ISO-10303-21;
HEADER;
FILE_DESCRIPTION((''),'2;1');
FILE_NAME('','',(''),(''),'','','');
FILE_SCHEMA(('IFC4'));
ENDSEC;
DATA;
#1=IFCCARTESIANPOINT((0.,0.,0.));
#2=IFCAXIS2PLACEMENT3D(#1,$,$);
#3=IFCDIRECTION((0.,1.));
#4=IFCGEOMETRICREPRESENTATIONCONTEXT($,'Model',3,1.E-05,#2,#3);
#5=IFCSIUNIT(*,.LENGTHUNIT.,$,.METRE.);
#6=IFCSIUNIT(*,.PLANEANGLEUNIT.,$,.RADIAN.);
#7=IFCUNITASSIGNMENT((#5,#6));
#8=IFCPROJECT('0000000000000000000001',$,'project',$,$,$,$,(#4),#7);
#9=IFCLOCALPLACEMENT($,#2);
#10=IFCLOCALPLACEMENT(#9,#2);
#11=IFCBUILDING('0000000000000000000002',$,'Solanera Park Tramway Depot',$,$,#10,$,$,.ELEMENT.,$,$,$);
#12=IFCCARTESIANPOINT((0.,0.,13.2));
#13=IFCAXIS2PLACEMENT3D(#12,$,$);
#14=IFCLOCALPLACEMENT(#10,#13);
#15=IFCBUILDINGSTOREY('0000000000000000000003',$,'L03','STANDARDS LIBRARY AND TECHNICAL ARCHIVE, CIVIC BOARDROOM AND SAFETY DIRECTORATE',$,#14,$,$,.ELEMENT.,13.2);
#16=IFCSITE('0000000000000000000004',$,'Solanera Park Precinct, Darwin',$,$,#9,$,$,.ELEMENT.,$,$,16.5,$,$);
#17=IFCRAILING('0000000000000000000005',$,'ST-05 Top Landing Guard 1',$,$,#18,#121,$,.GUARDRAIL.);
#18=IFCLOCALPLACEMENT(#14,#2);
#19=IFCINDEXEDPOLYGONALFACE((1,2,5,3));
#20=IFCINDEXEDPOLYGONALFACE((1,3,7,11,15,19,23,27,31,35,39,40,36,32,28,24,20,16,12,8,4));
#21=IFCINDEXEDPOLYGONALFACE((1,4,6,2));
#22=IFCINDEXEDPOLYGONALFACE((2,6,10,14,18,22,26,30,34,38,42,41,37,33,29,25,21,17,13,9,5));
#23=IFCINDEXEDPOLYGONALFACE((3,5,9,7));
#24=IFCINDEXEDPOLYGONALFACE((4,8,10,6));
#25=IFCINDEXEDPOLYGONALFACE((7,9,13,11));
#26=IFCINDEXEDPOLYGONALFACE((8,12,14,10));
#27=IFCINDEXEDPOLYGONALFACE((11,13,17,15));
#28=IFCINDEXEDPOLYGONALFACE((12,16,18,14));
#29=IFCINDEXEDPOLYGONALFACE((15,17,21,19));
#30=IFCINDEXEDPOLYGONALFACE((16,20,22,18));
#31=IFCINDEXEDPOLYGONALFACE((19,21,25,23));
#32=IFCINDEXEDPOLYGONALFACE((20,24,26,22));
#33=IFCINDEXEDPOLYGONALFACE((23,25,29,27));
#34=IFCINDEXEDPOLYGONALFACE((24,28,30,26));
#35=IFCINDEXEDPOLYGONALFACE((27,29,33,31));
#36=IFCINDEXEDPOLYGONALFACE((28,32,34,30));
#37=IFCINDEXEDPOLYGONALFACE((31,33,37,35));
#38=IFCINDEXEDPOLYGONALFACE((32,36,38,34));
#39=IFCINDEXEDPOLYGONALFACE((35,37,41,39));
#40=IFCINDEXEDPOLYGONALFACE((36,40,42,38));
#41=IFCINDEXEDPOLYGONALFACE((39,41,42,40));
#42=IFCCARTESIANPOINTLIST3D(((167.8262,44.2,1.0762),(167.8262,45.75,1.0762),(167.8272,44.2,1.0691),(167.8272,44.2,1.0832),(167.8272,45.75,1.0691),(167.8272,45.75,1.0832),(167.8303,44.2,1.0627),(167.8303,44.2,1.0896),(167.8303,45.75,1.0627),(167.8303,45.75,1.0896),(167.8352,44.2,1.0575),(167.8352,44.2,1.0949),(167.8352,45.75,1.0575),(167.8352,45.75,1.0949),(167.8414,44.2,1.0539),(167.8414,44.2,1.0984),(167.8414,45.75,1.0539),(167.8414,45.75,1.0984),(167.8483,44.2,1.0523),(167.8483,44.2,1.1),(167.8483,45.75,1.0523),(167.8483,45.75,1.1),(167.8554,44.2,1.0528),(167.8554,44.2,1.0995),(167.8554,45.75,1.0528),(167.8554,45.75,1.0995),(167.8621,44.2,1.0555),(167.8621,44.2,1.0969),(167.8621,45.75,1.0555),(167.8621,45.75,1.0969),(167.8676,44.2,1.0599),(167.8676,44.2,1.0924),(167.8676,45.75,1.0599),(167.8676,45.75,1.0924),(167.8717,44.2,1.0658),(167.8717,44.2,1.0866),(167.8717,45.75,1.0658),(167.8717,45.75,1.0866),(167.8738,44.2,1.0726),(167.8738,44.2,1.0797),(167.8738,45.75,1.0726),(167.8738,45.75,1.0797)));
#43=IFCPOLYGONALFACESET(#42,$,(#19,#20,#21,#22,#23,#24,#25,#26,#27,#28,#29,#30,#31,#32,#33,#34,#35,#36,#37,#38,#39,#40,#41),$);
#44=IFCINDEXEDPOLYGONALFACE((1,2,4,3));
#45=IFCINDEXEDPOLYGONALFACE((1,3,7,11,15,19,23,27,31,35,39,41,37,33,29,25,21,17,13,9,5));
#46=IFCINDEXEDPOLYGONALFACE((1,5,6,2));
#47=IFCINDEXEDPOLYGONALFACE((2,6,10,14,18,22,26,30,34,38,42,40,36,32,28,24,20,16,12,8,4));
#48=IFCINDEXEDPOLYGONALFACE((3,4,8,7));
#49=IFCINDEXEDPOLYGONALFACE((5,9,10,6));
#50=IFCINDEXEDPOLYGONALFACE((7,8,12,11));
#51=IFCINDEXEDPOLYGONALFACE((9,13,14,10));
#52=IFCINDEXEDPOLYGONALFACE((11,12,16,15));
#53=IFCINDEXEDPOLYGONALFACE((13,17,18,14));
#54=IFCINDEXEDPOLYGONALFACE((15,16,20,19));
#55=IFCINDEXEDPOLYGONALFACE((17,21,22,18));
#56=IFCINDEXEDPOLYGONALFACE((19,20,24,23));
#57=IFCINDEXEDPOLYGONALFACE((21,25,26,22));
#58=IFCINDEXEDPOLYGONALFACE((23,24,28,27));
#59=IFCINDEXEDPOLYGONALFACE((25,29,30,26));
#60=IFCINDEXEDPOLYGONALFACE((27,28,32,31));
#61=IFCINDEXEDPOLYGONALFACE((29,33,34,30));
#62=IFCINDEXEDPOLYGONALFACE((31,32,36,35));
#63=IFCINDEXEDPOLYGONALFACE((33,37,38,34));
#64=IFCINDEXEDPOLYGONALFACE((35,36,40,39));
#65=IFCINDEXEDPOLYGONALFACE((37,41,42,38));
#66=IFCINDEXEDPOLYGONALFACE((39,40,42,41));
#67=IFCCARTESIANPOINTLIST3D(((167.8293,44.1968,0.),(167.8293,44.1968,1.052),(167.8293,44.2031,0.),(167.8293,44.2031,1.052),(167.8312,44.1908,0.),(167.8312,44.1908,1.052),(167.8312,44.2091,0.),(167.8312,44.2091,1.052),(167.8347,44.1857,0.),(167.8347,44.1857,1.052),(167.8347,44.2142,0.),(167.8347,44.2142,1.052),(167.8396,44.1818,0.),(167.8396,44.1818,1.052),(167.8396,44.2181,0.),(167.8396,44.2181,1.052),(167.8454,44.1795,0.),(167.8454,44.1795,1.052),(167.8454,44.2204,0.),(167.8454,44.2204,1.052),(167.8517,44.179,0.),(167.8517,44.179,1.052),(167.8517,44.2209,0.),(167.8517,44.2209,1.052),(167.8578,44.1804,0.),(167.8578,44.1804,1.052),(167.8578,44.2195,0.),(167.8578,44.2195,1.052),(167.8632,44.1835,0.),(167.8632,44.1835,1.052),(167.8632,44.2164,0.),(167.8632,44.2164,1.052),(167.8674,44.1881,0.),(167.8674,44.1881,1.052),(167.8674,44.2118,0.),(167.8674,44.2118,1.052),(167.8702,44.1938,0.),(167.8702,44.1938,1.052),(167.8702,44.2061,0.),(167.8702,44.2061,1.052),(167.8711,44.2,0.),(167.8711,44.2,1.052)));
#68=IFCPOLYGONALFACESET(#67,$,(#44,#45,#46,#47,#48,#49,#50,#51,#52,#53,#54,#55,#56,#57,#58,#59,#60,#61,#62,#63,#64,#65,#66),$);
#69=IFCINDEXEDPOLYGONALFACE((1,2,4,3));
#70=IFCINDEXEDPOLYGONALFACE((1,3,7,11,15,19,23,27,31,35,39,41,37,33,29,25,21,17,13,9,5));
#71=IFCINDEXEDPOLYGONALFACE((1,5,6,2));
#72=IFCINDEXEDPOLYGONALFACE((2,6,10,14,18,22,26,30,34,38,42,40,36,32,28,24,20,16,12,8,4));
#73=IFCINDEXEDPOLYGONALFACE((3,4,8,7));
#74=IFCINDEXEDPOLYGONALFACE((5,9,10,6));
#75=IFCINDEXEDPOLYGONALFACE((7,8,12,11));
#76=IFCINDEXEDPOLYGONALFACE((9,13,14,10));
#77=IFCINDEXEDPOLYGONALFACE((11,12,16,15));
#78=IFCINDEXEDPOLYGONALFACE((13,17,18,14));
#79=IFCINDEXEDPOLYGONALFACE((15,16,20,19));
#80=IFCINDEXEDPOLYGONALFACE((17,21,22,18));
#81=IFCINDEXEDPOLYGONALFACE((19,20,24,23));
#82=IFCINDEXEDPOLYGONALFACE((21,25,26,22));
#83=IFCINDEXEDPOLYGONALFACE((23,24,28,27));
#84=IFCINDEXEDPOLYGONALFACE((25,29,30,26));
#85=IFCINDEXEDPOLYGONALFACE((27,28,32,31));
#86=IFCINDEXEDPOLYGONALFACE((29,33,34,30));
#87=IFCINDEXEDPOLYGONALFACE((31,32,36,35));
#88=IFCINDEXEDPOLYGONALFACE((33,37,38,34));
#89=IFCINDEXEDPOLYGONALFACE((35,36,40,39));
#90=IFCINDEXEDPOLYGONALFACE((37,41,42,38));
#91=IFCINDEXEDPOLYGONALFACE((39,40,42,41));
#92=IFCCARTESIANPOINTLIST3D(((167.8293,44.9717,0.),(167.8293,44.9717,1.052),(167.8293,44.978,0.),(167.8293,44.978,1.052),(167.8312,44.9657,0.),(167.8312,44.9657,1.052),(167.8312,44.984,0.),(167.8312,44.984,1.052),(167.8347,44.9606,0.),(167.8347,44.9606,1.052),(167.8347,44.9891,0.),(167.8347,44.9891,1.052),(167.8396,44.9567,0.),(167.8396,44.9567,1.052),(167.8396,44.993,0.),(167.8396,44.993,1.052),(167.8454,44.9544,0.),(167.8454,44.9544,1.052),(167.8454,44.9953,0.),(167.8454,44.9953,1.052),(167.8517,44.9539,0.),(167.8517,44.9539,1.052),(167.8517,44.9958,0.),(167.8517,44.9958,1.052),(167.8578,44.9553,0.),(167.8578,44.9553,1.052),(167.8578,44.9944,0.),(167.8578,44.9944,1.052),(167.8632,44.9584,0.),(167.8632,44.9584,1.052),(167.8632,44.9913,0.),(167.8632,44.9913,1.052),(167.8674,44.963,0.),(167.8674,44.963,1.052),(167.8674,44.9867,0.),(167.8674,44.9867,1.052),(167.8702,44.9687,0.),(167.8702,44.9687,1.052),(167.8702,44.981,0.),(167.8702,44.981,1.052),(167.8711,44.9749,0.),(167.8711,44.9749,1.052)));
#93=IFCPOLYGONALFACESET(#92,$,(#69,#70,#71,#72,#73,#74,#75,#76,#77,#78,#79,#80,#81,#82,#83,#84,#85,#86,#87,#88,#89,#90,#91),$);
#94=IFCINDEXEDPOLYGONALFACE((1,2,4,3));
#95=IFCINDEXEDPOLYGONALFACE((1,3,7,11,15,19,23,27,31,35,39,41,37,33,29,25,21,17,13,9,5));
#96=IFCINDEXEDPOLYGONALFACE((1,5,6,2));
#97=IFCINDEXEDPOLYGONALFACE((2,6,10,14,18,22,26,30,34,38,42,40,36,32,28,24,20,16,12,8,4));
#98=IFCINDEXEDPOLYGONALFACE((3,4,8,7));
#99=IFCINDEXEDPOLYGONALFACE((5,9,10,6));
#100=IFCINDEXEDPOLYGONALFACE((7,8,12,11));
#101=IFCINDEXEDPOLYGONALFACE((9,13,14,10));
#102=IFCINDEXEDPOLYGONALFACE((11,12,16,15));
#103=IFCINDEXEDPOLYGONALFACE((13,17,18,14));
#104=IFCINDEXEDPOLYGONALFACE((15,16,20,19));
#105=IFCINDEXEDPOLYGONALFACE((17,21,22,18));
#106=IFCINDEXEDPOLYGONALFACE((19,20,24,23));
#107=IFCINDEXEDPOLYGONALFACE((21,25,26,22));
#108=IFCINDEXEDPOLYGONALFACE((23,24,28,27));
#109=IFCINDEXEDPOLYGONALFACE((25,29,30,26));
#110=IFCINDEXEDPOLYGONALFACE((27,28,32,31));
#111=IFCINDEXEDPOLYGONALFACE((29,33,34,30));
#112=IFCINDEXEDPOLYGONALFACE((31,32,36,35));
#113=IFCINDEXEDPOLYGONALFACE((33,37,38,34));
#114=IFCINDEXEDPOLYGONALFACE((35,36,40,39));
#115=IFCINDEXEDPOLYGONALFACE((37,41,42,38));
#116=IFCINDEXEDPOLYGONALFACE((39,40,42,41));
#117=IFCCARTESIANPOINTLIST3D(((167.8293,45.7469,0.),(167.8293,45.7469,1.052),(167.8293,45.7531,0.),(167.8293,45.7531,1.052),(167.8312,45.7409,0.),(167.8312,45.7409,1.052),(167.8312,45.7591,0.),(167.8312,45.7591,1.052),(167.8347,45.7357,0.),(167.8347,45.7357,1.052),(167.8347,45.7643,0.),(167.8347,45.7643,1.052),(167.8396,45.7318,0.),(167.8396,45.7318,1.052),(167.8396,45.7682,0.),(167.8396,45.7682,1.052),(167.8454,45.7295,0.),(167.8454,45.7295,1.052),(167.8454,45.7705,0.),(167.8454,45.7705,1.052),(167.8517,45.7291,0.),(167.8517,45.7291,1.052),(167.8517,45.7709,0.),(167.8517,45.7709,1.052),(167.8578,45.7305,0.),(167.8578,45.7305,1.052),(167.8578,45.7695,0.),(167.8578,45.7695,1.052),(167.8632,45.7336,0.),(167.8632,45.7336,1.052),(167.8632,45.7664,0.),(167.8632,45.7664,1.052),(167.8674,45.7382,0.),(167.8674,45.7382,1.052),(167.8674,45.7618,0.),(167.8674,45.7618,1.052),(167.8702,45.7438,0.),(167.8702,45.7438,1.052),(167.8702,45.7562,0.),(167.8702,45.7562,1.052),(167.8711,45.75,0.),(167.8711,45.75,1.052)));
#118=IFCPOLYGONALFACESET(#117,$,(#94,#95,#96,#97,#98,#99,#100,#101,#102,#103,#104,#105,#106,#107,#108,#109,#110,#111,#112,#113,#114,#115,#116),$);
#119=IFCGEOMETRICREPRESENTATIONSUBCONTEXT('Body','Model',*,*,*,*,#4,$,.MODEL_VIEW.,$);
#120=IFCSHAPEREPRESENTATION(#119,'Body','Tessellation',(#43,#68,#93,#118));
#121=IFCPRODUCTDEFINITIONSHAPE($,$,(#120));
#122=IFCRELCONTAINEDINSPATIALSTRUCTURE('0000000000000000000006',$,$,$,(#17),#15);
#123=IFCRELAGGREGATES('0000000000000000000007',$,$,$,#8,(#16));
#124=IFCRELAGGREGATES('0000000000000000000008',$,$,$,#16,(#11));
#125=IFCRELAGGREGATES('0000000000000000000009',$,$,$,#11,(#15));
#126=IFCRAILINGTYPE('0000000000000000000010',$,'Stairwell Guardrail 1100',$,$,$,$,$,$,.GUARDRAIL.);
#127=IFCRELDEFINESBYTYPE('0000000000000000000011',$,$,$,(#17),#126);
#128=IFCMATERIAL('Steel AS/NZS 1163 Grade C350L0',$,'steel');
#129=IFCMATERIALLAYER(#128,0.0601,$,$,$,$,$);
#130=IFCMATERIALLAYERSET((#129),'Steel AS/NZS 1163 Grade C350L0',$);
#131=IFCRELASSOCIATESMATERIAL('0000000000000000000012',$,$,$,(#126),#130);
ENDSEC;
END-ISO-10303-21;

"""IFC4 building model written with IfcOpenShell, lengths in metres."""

from ifc_helpers import new_model, si_unit, direction, frame, origin, origin_2d, place, context, subcontext, project, spatial, circle, extrude, material, layer, layer_set, type_object, element, save


model = new_model("IFC4")

# Units and contexts
model_context = context("Model", 3, precision=1e-05, world=origin(), true_north=direction((0.0, 1.0)))
body_context = subcontext(model_context, "Body", "Model", "MODEL_VIEW")
ifc_project = project(units=[si_unit("LENGTHUNIT", "METRE"), si_unit("PLANEANGLEUNIT", "RADIAN")], contexts=[model_context])

# Site, building, storey
site_placement = place(None, origin())
site = spatial("IfcSite", under=ifc_project, at=site_placement, Name="Solanera Park Precinct, Darwin", CompositionType="ELEMENT", RefElevation=16.5)
building_placement = place(site_placement, origin())
building = spatial("IfcBuilding", under=site, at=building_placement, Name="Solanera Park Tramway Depot", CompositionType="ELEMENT")
storey_placement = place(building_placement, frame((0.0, 0.0, 13.2)))
storey = spatial("IfcBuildingStorey", under=building, at=storey_placement, Name="L03", Description="STANDARDS LIBRARY AND TECHNICAL ARCHIVE, CIVIC BOARDROOM AND SAFETY DIRECTORATE", CompositionType="ELEMENT", Elevation=13.2)

# Railing
ifc_material_1 = material(Name="Steel AS/NZS 1163 Grade C350L0", Category="steel")
ifc_layer_1 = layer(ifc_material_1, 0.0601)
ifc_layer_set_1 = layer_set([ifc_layer_1], Name="Steel AS/NZS 1163 Grade C350L0")
railing_type_1 = type_object("IfcRailingType", Name="Stairwell Guardrail 1100", PredefinedType="GUARDRAIL", material=ifc_layer_set_1)
railing_1_placement = place(storey_placement, frame((167.8501, 44.2, 0.0)))
element("IfcRailing", 1, at=railing_1_placement, inside=storey, type_object=railing_type_1, Name="ST-05 Top Landing Guard 1", PredefinedType="GUARDRAIL", context=body_context, shape_type="SweptSolid", body=[
    extrude(circle(Radius=0.0239, at=origin_2d()), frame((0.0, 0.0, 1.0762), z_axis=(0.0, 1.0, 0.0), x_axis=(-1.0, 0.0, 0.0)), (0.0, 0.0, 1.0), 1.55),
    extrude(circle(Radius=0.021, at=origin_2d()), origin(), (0.0, 0.0, 1.0), 1.052),
    extrude(circle(Radius=0.021, at=origin_2d()), frame((0.0, 0.7749, 0.0)), (0.0, 0.0, 1.0), 1.052),
    extrude(circle(Radius=0.021, at=origin_2d()), frame((0.0, 1.55, 0.0)), (0.0, 0.0, 1.0), 1.052),
])

save(model, "model.ifc")
